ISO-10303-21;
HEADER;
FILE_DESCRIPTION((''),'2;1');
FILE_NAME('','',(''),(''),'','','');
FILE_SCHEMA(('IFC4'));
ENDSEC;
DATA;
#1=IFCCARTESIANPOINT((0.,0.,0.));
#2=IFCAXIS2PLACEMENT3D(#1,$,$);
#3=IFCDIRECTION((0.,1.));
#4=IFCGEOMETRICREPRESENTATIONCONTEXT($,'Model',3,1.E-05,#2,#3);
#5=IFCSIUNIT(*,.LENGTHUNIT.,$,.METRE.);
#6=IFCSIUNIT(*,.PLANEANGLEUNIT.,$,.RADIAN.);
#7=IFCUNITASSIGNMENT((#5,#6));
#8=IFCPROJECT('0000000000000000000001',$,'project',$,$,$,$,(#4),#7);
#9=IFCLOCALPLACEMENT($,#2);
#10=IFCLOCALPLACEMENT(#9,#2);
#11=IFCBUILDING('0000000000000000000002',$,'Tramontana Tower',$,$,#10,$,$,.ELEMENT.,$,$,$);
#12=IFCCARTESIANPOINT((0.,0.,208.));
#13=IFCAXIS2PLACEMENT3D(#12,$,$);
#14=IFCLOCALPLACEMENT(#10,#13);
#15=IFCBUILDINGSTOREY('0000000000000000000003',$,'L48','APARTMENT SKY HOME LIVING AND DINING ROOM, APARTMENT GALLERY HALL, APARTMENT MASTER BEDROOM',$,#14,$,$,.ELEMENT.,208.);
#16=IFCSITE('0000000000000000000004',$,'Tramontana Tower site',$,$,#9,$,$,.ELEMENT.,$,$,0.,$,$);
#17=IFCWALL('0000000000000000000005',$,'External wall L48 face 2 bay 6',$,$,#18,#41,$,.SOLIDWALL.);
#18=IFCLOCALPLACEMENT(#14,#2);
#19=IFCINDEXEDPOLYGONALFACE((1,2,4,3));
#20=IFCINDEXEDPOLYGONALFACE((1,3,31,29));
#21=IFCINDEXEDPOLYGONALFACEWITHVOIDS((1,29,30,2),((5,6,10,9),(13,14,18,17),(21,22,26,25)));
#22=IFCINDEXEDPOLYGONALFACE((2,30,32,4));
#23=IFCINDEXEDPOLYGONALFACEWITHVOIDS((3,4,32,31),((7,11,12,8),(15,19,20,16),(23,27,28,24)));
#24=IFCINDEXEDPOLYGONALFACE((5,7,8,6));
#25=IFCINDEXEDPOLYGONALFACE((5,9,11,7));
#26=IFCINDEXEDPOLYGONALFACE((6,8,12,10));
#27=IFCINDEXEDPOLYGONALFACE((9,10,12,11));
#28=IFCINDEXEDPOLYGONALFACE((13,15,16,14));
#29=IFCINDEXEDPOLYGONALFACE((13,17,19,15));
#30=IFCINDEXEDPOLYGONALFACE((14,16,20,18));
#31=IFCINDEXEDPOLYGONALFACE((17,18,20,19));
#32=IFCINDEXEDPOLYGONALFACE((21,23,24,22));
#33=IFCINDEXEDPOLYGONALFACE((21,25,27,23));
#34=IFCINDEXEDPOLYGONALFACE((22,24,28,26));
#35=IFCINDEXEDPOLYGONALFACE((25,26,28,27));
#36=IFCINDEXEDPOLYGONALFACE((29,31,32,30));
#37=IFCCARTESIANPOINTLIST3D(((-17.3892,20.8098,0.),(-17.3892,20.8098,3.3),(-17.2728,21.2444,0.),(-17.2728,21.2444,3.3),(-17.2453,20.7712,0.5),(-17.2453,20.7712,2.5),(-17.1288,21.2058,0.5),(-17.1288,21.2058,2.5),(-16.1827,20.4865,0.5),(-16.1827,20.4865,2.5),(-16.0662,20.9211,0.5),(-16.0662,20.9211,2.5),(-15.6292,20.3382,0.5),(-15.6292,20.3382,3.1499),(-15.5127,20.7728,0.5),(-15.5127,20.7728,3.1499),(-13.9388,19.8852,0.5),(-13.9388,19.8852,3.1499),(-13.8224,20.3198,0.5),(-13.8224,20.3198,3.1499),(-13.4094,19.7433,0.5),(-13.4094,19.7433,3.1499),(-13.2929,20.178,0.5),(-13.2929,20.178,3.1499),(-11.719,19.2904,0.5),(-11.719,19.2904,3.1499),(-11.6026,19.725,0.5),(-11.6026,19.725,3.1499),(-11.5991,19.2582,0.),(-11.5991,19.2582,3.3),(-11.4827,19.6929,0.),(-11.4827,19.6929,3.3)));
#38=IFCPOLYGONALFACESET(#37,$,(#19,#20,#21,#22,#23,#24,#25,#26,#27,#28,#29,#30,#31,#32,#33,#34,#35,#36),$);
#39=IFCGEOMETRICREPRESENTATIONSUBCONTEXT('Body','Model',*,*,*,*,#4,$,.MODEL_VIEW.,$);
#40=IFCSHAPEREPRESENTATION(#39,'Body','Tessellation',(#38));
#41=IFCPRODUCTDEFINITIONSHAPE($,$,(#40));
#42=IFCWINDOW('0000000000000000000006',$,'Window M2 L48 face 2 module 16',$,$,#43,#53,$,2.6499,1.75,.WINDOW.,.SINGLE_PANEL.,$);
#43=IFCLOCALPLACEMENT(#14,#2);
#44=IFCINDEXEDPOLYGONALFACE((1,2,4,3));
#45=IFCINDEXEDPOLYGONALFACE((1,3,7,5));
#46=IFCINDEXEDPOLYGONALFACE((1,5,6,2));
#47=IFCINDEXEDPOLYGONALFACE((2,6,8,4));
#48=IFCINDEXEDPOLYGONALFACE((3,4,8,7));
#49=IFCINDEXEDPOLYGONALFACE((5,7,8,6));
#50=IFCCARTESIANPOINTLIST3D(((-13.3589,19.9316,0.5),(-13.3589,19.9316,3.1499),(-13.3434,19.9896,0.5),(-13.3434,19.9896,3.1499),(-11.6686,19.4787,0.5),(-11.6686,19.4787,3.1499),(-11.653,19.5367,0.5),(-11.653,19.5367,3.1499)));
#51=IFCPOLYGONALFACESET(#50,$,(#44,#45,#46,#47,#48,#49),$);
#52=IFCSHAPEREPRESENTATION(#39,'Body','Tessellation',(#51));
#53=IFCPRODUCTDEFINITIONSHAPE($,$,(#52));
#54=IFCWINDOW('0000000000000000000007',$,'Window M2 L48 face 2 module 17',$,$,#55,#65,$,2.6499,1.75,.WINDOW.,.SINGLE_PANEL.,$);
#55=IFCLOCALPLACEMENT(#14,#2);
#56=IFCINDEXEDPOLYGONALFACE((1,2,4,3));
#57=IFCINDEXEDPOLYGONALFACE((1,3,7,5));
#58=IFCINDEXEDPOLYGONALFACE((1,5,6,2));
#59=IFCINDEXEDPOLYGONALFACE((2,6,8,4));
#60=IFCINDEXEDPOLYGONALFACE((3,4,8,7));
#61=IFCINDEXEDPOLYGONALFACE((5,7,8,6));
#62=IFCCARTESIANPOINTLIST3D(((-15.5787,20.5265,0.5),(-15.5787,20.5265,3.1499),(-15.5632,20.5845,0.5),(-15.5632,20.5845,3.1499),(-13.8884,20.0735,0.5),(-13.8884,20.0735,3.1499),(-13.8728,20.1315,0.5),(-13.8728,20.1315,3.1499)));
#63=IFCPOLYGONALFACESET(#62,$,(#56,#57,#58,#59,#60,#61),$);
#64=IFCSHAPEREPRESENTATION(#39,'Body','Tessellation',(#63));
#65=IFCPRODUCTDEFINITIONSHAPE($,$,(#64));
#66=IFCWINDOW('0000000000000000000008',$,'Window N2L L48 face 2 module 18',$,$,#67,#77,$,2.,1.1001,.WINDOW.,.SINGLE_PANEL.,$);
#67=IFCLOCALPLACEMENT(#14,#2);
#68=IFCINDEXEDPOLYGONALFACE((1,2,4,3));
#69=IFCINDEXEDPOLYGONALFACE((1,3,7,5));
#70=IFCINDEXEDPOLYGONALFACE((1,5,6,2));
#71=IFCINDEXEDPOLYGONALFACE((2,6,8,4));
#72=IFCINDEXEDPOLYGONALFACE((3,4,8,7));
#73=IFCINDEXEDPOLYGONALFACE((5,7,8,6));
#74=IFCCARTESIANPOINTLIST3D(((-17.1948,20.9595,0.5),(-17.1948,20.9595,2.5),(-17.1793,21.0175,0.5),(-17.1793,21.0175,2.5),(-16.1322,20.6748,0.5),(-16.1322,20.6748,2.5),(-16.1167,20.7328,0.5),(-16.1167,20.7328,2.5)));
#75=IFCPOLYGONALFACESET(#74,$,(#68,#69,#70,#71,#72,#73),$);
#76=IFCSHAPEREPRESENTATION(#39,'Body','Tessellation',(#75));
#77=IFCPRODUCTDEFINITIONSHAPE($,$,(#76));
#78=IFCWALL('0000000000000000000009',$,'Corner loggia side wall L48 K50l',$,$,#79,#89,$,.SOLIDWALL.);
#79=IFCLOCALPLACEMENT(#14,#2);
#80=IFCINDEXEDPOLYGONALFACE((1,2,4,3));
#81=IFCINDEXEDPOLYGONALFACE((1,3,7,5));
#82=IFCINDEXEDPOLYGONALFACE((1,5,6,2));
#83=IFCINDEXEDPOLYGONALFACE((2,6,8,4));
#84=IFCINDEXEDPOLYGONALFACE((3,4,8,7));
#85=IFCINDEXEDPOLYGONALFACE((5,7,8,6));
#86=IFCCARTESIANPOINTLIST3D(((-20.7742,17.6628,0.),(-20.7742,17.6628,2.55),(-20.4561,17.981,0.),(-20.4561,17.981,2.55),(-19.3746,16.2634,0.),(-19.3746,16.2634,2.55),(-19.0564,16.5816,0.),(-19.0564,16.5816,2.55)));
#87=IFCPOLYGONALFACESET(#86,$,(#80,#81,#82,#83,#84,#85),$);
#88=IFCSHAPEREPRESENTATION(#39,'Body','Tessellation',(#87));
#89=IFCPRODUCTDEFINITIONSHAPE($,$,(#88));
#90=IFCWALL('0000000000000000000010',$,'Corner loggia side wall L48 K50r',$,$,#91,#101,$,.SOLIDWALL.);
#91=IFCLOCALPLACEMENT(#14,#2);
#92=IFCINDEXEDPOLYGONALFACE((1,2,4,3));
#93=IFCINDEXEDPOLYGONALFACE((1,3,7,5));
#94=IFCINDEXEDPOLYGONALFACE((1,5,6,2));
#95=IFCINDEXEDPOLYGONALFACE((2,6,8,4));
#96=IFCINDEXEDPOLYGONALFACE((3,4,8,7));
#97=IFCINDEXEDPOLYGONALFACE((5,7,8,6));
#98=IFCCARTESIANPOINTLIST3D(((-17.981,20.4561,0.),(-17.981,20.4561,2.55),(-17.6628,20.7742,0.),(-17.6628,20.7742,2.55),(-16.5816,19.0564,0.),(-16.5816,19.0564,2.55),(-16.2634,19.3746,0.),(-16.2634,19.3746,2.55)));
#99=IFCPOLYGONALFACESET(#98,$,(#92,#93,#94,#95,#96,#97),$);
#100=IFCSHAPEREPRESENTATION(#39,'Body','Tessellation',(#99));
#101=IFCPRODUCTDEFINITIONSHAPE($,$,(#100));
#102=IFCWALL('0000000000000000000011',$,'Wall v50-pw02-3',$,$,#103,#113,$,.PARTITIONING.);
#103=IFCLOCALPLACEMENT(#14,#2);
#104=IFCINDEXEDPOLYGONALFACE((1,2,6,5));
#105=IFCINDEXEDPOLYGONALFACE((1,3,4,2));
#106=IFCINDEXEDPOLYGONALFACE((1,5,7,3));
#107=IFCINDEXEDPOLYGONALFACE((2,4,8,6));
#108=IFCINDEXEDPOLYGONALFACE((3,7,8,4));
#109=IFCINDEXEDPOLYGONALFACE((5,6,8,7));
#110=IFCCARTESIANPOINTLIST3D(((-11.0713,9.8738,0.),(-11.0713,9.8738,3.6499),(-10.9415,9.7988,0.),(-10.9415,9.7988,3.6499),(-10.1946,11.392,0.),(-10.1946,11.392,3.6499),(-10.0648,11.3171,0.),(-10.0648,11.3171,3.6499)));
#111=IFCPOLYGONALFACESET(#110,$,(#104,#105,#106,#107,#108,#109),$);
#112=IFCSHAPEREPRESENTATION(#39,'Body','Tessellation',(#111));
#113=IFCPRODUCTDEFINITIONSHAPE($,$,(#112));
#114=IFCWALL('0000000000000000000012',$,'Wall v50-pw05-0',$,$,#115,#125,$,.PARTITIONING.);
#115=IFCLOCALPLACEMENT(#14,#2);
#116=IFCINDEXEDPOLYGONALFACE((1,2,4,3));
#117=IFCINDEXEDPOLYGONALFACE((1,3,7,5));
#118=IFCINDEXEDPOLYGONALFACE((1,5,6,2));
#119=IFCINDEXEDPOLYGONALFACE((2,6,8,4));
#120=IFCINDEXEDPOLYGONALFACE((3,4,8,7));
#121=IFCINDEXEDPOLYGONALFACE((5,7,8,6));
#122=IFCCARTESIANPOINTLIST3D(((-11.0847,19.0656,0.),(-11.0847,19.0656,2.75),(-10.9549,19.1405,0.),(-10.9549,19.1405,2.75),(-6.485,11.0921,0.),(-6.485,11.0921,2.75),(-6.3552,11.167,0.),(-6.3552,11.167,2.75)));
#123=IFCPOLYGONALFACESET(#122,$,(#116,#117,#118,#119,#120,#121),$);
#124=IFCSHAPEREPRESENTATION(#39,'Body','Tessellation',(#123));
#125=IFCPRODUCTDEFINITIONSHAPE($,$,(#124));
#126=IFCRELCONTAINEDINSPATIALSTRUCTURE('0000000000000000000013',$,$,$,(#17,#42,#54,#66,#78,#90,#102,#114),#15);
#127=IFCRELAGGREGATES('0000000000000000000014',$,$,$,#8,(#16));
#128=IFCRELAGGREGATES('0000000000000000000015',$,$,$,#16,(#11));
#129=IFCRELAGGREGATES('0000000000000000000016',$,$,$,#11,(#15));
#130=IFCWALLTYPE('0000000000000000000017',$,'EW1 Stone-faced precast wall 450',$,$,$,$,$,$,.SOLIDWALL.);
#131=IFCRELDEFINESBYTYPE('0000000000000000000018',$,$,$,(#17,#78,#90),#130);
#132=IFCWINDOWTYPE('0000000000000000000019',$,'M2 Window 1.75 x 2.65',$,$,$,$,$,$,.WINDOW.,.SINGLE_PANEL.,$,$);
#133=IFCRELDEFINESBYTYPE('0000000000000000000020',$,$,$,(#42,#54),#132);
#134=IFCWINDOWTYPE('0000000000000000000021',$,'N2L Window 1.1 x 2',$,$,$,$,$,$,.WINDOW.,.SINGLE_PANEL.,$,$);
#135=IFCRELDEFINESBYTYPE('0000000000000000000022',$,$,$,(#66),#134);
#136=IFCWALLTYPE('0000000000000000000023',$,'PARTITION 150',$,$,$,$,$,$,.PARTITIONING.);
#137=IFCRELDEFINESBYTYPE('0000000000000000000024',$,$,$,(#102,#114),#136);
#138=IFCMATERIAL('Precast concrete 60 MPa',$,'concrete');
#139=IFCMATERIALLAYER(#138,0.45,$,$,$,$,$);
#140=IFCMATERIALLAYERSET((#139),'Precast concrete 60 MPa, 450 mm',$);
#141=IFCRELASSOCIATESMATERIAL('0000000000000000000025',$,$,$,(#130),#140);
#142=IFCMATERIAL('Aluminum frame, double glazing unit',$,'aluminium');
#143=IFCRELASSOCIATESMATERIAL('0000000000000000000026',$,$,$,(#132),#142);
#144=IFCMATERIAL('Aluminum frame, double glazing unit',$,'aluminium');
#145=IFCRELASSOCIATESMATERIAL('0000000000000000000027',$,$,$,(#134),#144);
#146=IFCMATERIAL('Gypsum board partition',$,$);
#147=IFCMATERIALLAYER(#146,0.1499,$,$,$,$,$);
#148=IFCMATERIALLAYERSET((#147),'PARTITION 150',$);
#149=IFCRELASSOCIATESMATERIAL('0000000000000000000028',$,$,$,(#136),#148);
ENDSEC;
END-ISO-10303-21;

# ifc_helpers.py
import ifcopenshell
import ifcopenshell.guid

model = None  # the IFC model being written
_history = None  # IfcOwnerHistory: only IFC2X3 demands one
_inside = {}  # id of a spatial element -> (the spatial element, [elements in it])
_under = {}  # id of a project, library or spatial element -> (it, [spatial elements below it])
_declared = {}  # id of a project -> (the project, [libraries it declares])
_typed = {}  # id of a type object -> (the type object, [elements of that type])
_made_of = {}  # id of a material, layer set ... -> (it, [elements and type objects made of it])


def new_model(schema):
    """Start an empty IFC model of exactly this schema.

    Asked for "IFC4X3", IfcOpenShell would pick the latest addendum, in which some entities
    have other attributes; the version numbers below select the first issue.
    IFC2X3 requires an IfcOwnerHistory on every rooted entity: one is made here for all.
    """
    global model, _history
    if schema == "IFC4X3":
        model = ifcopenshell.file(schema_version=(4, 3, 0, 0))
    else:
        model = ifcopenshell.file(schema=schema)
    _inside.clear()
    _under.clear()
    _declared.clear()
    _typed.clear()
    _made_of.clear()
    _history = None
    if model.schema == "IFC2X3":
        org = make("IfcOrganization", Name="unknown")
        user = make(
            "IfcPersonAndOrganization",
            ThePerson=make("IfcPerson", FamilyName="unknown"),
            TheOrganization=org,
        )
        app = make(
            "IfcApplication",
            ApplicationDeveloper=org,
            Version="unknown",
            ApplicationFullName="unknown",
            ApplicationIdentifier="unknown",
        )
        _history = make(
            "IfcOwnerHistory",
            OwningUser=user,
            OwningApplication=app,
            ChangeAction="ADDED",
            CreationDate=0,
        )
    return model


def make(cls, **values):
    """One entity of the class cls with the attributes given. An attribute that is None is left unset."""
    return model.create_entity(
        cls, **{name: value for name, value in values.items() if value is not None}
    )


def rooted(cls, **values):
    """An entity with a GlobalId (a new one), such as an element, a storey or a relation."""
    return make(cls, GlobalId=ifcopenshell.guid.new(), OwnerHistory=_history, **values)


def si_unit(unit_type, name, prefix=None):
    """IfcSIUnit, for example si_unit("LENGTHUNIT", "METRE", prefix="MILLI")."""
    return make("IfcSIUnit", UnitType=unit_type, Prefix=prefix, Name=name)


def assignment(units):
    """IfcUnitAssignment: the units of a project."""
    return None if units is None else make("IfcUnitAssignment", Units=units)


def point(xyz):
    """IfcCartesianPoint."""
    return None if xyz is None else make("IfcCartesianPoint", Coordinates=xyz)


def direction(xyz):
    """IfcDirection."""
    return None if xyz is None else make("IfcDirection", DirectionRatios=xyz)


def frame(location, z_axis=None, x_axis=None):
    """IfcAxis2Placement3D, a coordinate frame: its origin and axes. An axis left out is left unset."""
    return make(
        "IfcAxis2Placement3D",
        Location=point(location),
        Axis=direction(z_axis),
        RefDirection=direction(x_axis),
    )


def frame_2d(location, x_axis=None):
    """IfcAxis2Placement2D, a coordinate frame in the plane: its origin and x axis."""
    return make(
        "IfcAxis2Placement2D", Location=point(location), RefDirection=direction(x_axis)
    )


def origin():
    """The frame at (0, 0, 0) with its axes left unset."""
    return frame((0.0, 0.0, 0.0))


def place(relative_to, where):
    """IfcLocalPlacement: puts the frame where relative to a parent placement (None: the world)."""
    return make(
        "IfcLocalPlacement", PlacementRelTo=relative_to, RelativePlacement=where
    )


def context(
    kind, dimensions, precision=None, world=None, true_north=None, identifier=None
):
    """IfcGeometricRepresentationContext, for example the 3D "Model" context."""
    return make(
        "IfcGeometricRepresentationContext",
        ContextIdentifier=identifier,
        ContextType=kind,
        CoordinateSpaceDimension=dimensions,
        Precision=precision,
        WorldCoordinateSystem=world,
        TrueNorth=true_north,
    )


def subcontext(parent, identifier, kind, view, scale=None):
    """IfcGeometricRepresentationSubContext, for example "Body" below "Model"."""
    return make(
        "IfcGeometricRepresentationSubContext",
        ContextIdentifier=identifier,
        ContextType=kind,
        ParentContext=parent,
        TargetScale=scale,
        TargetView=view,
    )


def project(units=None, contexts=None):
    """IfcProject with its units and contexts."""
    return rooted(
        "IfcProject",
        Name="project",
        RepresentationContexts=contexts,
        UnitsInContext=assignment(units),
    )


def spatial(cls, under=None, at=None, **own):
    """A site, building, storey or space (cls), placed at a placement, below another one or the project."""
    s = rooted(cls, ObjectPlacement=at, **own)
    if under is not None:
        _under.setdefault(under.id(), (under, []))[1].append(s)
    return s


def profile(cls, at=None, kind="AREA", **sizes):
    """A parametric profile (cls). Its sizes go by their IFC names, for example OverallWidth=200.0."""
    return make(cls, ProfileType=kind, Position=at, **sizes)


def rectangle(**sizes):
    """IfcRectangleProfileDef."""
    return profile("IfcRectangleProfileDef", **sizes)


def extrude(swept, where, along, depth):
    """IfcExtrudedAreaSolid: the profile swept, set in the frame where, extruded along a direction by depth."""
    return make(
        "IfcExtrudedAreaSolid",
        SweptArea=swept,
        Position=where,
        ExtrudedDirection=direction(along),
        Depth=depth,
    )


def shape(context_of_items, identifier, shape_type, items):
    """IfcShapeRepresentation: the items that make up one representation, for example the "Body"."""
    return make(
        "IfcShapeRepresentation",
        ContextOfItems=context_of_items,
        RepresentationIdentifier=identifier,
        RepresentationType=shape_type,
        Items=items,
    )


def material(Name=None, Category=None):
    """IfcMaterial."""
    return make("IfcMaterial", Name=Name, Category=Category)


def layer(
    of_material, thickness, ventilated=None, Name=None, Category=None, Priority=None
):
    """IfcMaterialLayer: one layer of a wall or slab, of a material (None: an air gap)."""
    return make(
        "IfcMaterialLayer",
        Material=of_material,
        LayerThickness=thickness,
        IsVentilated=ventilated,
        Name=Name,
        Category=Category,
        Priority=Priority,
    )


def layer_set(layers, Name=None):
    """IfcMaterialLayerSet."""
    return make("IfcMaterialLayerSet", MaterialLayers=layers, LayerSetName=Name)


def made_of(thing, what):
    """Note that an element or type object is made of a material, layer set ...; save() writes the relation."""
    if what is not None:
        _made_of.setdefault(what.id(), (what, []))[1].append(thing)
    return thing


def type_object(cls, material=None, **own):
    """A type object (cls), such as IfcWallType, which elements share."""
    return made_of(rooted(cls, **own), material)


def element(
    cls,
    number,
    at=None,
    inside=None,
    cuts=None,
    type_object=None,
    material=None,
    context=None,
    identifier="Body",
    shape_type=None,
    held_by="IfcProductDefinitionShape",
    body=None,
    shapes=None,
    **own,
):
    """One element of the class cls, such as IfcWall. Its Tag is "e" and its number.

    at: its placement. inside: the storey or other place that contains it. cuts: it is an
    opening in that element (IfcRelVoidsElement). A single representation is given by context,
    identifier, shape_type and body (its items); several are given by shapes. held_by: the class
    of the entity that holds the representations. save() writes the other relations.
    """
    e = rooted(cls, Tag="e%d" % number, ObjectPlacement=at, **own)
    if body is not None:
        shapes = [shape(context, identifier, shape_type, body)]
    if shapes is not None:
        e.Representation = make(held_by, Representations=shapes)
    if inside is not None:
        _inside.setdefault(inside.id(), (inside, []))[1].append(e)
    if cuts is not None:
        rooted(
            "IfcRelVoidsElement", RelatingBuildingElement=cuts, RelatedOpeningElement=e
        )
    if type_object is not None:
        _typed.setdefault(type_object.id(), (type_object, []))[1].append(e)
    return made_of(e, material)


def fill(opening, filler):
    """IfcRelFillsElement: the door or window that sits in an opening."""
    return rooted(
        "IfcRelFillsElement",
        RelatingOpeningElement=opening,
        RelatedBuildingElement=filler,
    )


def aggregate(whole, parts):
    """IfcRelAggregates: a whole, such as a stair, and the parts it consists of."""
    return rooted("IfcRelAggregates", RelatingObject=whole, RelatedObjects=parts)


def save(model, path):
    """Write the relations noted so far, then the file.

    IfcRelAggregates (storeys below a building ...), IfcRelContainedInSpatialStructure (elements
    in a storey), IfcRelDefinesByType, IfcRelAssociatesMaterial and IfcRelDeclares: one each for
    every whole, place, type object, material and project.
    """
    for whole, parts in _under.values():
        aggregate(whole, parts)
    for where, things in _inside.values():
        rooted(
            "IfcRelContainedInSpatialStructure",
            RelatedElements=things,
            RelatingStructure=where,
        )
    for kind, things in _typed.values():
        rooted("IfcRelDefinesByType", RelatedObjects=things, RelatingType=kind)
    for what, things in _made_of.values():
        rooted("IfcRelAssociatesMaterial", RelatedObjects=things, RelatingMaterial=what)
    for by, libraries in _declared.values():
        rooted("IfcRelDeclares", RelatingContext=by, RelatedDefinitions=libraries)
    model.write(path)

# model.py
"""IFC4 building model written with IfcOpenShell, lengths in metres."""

from ifc_helpers import new_model, si_unit, direction, frame, frame_2d, origin, place, context, subcontext, project, spatial, rectangle, extrude, material, layer, layer_set, type_object, element, fill, save


model = new_model("IFC4")

# Units and contexts
model_context = context("Model", 3, precision=1e-05, world=origin(), true_north=direction((0.0, 1.0)))
body_context = subcontext(model_context, "Body", "Model", "MODEL_VIEW")
ifc_project = project(units=[si_unit("LENGTHUNIT", "METRE"), si_unit("PLANEANGLEUNIT", "RADIAN")], contexts=[model_context])

# Site, building, storey
site_placement = place(None, origin())
site = spatial("IfcSite", under=ifc_project, at=site_placement, Name="Tramontana Tower site", CompositionType="ELEMENT", RefElevation=0.0)
building_placement = place(site_placement, origin())
building = spatial("IfcBuilding", under=site, at=building_placement, Name="Tramontana Tower", CompositionType="ELEMENT")
storey_placement = place(building_placement, frame((0.0, 0.0, 208.0)))
storey = spatial("IfcBuildingStorey", under=building, at=storey_placement, Name="L48", Description="APARTMENT SKY HOME LIVING AND DINING ROOM, APARTMENT GALLERY HALL, APARTMENT MASTER BEDROOM", CompositionType="ELEMENT", Elevation=208.0)

# Shared definitions
ifc_material_1 = material(Name="Precast concrete 60 MPa", Category="concrete")
ifc_layer_1 = layer(ifc_material_1, 0.45)
ifc_layer_set_1 = layer_set([ifc_layer_1], Name="Precast concrete 60 MPa, 450 mm")
wall_type_1 = type_object("IfcWallType", Name="EW1 Stone-faced precast wall 450", PredefinedType="SOLIDWALL", material=ifc_layer_set_1)
ifc_material_2 = material(Name="Aluminum frame, double glazing unit", Category="aluminium")
window_type_1 = type_object("IfcWindowType", Name="M2 Window 1.75 x 2.65", PartitioningType="SINGLE_PANEL", PredefinedType="WINDOW", material=ifc_material_2)
ifc_material_3 = material(Name="Aluminum frame, double glazing unit", Category="aluminium")
window_type_2 = type_object("IfcWindowType", Name="N2L Window 1.1 x 2", PartitioningType="SINGLE_PANEL", PredefinedType="WINDOW", material=ifc_material_3)

# Wall, openings, windows
wall_1_placement = place(storey_placement, frame((-11.541, 19.4756, 0.0), z_axis=(0.0, 0.0, 1.0), x_axis=(-0.965923, 0.258831, 0.0)))
wall_1 = element("IfcWall", 1, at=wall_1_placement, inside=storey, type_object=wall_type_1, Name="External wall L48 face 2 bay 6", PredefinedType="SOLIDWALL", context=body_context, shape_type="SweptSolid", body=[
    extrude(rectangle(XDim=5.9944, YDim=0.45, at=frame_2d((2.9971, 0.0))), origin(), (0.0, 0.0, 1.0), 3.3),
])
opening_1_placement = place(wall_1_placement, frame((0.124, 0.0, 0.5)))
opening_1 = element("IfcOpeningElement", 2, at=opening_1_placement, cuts=wall_1, PredefinedType="OPENING", context=body_context, shape_type="SweptSolid", body=[
    extrude(rectangle(XDim=1.75, YDim=2.6499, at=frame_2d((0.875, 1.325))), frame((0.0, 0.2349, 0.0), z_axis=(0.0, -1.0, 0.0), x_axis=(1.0, 0.0, 0.0)), (0.0, 0.0, 1.0), 0.47),
])
opening_2_placement = place(wall_1_placement, frame((2.4221, 0.0, 0.5)))
opening_2 = element("IfcOpeningElement", 3, at=opening_2_placement, cuts=wall_1, PredefinedType="OPENING", context=body_context, shape_type="SweptSolid", body=[
    extrude(rectangle(XDim=1.75, YDim=2.6499, at=frame_2d((0.875, 1.325))), frame((0.0, 0.2349, 0.0), z_axis=(0.0, -1.0, 0.0), x_axis=(1.0, 0.0, 0.0)), (0.0, 0.0, 1.0), 0.47),
])
opening_3_placement = place(wall_1_placement, frame((4.7451, 0.0, 0.5)))
opening_3 = element("IfcOpeningElement", 4, at=opening_3_placement, cuts=wall_1, PredefinedType="OPENING", context=body_context, shape_type="SweptSolid", body=[
    extrude(rectangle(XDim=1.1001, YDim=2.0, at=frame_2d((0.55, 1.0))), frame((0.0, 0.2349, 0.0), z_axis=(0.0, -1.0, 0.0), x_axis=(1.0, 0.0, 0.0)), (0.0, 0.0, 1.0), 0.47),
])
window_1_placement = place(opening_1_placement, origin())
window_1 = element("IfcWindow", 5, at=window_1_placement, inside=storey, type_object=window_type_1, Name="Window M2 L48 face 2 module 16", OverallHeight=2.6499, OverallWidth=1.75, PartitioningType="SINGLE_PANEL", PredefinedType="WINDOW", context=body_context, shape_type="SweptSolid", body=[
    extrude(rectangle(XDim=1.75, YDim=2.6499, at=frame_2d((0.875, 1.325))), frame((0.0, 0.03, 0.0), z_axis=(0.0, -1.0, 0.0), x_axis=(1.0, 0.0, 0.0)), (0.0, 0.0, 1.0), 0.0601),
])
fill(opening_1, window_1)
window_2_placement = place(opening_2_placement, origin())
window_2 = element("IfcWindow", 6, at=window_2_placement, inside=storey, type_object=window_type_1, Name="Window M2 L48 face 2 module 17", OverallHeight=2.6499, OverallWidth=1.75, PartitioningType="SINGLE_PANEL", PredefinedType="WINDOW", context=body_context, shape_type="SweptSolid", body=[
    extrude(rectangle(XDim=1.75, YDim=2.6499, at=frame_2d((0.875, 1.325))), frame((0.0, 0.03, 0.0), z_axis=(0.0, -1.0, 0.0), x_axis=(1.0, 0.0, 0.0)), (0.0, 0.0, 1.0), 0.0601),
])
fill(opening_2, window_2)
window_3_placement = place(opening_3_placement, origin())
window_3 = element("IfcWindow", 7, at=window_3_placement, inside=storey, type_object=window_type_2, Name="Window N2L L48 face 2 module 18", OverallHeight=2.0, OverallWidth=1.1001, PartitioningType="SINGLE_PANEL", PredefinedType="WINDOW", context=body_context, shape_type="SweptSolid", body=[
    extrude(rectangle(XDim=1.1001, YDim=2.0, at=frame_2d((0.55, 1.0))), frame((0.0, 0.03, 0.0), z_axis=(0.0, -1.0, 0.0), x_axis=(1.0, 0.0, 0.0)), (0.0, 0.0, 1.0), 0.0601),
])
fill(opening_3, window_3)

# Walls
for number, where, z_axis, x_axis, name in (
    (8, (-20.6152, 17.822, 0.0), (0.0, 0.0, 1.0), (0.707168, -0.707045, 0.0), "Corner loggia side wall L48 K50l"),
    (9, (-17.822, 20.6152, 0.0), (0.0, 0.0, 1.0), (0.707045, -0.707168, 0.0), "Corner loggia side wall L48 K50r"),
):
    element("IfcWall", number, at=place(storey_placement, frame(where, z_axis=z_axis, x_axis=x_axis)), inside=storey, type_object=wall_type_1, Name=name, PredefinedType="SOLIDWALL", context=body_context, shape_type="SweptSolid", body=[
        extrude(rectangle(XDim=1.9792, YDim=0.45, at=frame_2d((0.9897, 0.0))), origin(), (0.0, 0.0, 1.0), 2.55),
    ])

# Walls
ifc_material_4 = material(Name="Gypsum board partition")
ifc_layer_2 = layer(ifc_material_4, 0.1499)
ifc_layer_set_2 = layer_set([ifc_layer_2], Name="PARTITION 150")
wall_type_2 = type_object("IfcWallType", Name="PARTITION 150", PredefinedType="PARTITIONING", material=ifc_layer_set_2)
wall_2_placement = place(storey_placement, frame((-11.0063, 9.8364, 0.0), z_axis=(0.0, 0.0, 1.0), x_axis=(0.500048, 0.865998, 0.0)))
element("IfcWall", 10, at=wall_2_placement, inside=storey, type_object=wall_type_2, Name="Wall v50-pw02-3", PredefinedType="PARTITIONING", context=body_context, shape_type="SweptSolid", body=[
    extrude(rectangle(XDim=1.7532, YDim=0.1499, at=frame_2d((0.8765, 0.0))), origin(), (0.0, 0.0, 1.0), 3.6499),
])
wall_3_placement = place(storey_placement, frame((-11.0198, 19.103, 0.0), z_axis=(0.0, 0.0, 1.0), x_axis=(0.499688, -0.866205, 0.0)))
element("IfcWall", 11, at=wall_3_placement, inside=storey, type_object=wall_type_2, Name="Wall v50-pw05-0", PredefinedType="PARTITIONING", context=body_context, shape_type="SweptSolid", body=[
    extrude(rectangle(XDim=9.2051, YDim=0.1499, at=frame_2d((4.6025, 0.0))), origin(), (0.0, 0.0, 1.0), 2.75),
])

save(model, "model.ifc")
